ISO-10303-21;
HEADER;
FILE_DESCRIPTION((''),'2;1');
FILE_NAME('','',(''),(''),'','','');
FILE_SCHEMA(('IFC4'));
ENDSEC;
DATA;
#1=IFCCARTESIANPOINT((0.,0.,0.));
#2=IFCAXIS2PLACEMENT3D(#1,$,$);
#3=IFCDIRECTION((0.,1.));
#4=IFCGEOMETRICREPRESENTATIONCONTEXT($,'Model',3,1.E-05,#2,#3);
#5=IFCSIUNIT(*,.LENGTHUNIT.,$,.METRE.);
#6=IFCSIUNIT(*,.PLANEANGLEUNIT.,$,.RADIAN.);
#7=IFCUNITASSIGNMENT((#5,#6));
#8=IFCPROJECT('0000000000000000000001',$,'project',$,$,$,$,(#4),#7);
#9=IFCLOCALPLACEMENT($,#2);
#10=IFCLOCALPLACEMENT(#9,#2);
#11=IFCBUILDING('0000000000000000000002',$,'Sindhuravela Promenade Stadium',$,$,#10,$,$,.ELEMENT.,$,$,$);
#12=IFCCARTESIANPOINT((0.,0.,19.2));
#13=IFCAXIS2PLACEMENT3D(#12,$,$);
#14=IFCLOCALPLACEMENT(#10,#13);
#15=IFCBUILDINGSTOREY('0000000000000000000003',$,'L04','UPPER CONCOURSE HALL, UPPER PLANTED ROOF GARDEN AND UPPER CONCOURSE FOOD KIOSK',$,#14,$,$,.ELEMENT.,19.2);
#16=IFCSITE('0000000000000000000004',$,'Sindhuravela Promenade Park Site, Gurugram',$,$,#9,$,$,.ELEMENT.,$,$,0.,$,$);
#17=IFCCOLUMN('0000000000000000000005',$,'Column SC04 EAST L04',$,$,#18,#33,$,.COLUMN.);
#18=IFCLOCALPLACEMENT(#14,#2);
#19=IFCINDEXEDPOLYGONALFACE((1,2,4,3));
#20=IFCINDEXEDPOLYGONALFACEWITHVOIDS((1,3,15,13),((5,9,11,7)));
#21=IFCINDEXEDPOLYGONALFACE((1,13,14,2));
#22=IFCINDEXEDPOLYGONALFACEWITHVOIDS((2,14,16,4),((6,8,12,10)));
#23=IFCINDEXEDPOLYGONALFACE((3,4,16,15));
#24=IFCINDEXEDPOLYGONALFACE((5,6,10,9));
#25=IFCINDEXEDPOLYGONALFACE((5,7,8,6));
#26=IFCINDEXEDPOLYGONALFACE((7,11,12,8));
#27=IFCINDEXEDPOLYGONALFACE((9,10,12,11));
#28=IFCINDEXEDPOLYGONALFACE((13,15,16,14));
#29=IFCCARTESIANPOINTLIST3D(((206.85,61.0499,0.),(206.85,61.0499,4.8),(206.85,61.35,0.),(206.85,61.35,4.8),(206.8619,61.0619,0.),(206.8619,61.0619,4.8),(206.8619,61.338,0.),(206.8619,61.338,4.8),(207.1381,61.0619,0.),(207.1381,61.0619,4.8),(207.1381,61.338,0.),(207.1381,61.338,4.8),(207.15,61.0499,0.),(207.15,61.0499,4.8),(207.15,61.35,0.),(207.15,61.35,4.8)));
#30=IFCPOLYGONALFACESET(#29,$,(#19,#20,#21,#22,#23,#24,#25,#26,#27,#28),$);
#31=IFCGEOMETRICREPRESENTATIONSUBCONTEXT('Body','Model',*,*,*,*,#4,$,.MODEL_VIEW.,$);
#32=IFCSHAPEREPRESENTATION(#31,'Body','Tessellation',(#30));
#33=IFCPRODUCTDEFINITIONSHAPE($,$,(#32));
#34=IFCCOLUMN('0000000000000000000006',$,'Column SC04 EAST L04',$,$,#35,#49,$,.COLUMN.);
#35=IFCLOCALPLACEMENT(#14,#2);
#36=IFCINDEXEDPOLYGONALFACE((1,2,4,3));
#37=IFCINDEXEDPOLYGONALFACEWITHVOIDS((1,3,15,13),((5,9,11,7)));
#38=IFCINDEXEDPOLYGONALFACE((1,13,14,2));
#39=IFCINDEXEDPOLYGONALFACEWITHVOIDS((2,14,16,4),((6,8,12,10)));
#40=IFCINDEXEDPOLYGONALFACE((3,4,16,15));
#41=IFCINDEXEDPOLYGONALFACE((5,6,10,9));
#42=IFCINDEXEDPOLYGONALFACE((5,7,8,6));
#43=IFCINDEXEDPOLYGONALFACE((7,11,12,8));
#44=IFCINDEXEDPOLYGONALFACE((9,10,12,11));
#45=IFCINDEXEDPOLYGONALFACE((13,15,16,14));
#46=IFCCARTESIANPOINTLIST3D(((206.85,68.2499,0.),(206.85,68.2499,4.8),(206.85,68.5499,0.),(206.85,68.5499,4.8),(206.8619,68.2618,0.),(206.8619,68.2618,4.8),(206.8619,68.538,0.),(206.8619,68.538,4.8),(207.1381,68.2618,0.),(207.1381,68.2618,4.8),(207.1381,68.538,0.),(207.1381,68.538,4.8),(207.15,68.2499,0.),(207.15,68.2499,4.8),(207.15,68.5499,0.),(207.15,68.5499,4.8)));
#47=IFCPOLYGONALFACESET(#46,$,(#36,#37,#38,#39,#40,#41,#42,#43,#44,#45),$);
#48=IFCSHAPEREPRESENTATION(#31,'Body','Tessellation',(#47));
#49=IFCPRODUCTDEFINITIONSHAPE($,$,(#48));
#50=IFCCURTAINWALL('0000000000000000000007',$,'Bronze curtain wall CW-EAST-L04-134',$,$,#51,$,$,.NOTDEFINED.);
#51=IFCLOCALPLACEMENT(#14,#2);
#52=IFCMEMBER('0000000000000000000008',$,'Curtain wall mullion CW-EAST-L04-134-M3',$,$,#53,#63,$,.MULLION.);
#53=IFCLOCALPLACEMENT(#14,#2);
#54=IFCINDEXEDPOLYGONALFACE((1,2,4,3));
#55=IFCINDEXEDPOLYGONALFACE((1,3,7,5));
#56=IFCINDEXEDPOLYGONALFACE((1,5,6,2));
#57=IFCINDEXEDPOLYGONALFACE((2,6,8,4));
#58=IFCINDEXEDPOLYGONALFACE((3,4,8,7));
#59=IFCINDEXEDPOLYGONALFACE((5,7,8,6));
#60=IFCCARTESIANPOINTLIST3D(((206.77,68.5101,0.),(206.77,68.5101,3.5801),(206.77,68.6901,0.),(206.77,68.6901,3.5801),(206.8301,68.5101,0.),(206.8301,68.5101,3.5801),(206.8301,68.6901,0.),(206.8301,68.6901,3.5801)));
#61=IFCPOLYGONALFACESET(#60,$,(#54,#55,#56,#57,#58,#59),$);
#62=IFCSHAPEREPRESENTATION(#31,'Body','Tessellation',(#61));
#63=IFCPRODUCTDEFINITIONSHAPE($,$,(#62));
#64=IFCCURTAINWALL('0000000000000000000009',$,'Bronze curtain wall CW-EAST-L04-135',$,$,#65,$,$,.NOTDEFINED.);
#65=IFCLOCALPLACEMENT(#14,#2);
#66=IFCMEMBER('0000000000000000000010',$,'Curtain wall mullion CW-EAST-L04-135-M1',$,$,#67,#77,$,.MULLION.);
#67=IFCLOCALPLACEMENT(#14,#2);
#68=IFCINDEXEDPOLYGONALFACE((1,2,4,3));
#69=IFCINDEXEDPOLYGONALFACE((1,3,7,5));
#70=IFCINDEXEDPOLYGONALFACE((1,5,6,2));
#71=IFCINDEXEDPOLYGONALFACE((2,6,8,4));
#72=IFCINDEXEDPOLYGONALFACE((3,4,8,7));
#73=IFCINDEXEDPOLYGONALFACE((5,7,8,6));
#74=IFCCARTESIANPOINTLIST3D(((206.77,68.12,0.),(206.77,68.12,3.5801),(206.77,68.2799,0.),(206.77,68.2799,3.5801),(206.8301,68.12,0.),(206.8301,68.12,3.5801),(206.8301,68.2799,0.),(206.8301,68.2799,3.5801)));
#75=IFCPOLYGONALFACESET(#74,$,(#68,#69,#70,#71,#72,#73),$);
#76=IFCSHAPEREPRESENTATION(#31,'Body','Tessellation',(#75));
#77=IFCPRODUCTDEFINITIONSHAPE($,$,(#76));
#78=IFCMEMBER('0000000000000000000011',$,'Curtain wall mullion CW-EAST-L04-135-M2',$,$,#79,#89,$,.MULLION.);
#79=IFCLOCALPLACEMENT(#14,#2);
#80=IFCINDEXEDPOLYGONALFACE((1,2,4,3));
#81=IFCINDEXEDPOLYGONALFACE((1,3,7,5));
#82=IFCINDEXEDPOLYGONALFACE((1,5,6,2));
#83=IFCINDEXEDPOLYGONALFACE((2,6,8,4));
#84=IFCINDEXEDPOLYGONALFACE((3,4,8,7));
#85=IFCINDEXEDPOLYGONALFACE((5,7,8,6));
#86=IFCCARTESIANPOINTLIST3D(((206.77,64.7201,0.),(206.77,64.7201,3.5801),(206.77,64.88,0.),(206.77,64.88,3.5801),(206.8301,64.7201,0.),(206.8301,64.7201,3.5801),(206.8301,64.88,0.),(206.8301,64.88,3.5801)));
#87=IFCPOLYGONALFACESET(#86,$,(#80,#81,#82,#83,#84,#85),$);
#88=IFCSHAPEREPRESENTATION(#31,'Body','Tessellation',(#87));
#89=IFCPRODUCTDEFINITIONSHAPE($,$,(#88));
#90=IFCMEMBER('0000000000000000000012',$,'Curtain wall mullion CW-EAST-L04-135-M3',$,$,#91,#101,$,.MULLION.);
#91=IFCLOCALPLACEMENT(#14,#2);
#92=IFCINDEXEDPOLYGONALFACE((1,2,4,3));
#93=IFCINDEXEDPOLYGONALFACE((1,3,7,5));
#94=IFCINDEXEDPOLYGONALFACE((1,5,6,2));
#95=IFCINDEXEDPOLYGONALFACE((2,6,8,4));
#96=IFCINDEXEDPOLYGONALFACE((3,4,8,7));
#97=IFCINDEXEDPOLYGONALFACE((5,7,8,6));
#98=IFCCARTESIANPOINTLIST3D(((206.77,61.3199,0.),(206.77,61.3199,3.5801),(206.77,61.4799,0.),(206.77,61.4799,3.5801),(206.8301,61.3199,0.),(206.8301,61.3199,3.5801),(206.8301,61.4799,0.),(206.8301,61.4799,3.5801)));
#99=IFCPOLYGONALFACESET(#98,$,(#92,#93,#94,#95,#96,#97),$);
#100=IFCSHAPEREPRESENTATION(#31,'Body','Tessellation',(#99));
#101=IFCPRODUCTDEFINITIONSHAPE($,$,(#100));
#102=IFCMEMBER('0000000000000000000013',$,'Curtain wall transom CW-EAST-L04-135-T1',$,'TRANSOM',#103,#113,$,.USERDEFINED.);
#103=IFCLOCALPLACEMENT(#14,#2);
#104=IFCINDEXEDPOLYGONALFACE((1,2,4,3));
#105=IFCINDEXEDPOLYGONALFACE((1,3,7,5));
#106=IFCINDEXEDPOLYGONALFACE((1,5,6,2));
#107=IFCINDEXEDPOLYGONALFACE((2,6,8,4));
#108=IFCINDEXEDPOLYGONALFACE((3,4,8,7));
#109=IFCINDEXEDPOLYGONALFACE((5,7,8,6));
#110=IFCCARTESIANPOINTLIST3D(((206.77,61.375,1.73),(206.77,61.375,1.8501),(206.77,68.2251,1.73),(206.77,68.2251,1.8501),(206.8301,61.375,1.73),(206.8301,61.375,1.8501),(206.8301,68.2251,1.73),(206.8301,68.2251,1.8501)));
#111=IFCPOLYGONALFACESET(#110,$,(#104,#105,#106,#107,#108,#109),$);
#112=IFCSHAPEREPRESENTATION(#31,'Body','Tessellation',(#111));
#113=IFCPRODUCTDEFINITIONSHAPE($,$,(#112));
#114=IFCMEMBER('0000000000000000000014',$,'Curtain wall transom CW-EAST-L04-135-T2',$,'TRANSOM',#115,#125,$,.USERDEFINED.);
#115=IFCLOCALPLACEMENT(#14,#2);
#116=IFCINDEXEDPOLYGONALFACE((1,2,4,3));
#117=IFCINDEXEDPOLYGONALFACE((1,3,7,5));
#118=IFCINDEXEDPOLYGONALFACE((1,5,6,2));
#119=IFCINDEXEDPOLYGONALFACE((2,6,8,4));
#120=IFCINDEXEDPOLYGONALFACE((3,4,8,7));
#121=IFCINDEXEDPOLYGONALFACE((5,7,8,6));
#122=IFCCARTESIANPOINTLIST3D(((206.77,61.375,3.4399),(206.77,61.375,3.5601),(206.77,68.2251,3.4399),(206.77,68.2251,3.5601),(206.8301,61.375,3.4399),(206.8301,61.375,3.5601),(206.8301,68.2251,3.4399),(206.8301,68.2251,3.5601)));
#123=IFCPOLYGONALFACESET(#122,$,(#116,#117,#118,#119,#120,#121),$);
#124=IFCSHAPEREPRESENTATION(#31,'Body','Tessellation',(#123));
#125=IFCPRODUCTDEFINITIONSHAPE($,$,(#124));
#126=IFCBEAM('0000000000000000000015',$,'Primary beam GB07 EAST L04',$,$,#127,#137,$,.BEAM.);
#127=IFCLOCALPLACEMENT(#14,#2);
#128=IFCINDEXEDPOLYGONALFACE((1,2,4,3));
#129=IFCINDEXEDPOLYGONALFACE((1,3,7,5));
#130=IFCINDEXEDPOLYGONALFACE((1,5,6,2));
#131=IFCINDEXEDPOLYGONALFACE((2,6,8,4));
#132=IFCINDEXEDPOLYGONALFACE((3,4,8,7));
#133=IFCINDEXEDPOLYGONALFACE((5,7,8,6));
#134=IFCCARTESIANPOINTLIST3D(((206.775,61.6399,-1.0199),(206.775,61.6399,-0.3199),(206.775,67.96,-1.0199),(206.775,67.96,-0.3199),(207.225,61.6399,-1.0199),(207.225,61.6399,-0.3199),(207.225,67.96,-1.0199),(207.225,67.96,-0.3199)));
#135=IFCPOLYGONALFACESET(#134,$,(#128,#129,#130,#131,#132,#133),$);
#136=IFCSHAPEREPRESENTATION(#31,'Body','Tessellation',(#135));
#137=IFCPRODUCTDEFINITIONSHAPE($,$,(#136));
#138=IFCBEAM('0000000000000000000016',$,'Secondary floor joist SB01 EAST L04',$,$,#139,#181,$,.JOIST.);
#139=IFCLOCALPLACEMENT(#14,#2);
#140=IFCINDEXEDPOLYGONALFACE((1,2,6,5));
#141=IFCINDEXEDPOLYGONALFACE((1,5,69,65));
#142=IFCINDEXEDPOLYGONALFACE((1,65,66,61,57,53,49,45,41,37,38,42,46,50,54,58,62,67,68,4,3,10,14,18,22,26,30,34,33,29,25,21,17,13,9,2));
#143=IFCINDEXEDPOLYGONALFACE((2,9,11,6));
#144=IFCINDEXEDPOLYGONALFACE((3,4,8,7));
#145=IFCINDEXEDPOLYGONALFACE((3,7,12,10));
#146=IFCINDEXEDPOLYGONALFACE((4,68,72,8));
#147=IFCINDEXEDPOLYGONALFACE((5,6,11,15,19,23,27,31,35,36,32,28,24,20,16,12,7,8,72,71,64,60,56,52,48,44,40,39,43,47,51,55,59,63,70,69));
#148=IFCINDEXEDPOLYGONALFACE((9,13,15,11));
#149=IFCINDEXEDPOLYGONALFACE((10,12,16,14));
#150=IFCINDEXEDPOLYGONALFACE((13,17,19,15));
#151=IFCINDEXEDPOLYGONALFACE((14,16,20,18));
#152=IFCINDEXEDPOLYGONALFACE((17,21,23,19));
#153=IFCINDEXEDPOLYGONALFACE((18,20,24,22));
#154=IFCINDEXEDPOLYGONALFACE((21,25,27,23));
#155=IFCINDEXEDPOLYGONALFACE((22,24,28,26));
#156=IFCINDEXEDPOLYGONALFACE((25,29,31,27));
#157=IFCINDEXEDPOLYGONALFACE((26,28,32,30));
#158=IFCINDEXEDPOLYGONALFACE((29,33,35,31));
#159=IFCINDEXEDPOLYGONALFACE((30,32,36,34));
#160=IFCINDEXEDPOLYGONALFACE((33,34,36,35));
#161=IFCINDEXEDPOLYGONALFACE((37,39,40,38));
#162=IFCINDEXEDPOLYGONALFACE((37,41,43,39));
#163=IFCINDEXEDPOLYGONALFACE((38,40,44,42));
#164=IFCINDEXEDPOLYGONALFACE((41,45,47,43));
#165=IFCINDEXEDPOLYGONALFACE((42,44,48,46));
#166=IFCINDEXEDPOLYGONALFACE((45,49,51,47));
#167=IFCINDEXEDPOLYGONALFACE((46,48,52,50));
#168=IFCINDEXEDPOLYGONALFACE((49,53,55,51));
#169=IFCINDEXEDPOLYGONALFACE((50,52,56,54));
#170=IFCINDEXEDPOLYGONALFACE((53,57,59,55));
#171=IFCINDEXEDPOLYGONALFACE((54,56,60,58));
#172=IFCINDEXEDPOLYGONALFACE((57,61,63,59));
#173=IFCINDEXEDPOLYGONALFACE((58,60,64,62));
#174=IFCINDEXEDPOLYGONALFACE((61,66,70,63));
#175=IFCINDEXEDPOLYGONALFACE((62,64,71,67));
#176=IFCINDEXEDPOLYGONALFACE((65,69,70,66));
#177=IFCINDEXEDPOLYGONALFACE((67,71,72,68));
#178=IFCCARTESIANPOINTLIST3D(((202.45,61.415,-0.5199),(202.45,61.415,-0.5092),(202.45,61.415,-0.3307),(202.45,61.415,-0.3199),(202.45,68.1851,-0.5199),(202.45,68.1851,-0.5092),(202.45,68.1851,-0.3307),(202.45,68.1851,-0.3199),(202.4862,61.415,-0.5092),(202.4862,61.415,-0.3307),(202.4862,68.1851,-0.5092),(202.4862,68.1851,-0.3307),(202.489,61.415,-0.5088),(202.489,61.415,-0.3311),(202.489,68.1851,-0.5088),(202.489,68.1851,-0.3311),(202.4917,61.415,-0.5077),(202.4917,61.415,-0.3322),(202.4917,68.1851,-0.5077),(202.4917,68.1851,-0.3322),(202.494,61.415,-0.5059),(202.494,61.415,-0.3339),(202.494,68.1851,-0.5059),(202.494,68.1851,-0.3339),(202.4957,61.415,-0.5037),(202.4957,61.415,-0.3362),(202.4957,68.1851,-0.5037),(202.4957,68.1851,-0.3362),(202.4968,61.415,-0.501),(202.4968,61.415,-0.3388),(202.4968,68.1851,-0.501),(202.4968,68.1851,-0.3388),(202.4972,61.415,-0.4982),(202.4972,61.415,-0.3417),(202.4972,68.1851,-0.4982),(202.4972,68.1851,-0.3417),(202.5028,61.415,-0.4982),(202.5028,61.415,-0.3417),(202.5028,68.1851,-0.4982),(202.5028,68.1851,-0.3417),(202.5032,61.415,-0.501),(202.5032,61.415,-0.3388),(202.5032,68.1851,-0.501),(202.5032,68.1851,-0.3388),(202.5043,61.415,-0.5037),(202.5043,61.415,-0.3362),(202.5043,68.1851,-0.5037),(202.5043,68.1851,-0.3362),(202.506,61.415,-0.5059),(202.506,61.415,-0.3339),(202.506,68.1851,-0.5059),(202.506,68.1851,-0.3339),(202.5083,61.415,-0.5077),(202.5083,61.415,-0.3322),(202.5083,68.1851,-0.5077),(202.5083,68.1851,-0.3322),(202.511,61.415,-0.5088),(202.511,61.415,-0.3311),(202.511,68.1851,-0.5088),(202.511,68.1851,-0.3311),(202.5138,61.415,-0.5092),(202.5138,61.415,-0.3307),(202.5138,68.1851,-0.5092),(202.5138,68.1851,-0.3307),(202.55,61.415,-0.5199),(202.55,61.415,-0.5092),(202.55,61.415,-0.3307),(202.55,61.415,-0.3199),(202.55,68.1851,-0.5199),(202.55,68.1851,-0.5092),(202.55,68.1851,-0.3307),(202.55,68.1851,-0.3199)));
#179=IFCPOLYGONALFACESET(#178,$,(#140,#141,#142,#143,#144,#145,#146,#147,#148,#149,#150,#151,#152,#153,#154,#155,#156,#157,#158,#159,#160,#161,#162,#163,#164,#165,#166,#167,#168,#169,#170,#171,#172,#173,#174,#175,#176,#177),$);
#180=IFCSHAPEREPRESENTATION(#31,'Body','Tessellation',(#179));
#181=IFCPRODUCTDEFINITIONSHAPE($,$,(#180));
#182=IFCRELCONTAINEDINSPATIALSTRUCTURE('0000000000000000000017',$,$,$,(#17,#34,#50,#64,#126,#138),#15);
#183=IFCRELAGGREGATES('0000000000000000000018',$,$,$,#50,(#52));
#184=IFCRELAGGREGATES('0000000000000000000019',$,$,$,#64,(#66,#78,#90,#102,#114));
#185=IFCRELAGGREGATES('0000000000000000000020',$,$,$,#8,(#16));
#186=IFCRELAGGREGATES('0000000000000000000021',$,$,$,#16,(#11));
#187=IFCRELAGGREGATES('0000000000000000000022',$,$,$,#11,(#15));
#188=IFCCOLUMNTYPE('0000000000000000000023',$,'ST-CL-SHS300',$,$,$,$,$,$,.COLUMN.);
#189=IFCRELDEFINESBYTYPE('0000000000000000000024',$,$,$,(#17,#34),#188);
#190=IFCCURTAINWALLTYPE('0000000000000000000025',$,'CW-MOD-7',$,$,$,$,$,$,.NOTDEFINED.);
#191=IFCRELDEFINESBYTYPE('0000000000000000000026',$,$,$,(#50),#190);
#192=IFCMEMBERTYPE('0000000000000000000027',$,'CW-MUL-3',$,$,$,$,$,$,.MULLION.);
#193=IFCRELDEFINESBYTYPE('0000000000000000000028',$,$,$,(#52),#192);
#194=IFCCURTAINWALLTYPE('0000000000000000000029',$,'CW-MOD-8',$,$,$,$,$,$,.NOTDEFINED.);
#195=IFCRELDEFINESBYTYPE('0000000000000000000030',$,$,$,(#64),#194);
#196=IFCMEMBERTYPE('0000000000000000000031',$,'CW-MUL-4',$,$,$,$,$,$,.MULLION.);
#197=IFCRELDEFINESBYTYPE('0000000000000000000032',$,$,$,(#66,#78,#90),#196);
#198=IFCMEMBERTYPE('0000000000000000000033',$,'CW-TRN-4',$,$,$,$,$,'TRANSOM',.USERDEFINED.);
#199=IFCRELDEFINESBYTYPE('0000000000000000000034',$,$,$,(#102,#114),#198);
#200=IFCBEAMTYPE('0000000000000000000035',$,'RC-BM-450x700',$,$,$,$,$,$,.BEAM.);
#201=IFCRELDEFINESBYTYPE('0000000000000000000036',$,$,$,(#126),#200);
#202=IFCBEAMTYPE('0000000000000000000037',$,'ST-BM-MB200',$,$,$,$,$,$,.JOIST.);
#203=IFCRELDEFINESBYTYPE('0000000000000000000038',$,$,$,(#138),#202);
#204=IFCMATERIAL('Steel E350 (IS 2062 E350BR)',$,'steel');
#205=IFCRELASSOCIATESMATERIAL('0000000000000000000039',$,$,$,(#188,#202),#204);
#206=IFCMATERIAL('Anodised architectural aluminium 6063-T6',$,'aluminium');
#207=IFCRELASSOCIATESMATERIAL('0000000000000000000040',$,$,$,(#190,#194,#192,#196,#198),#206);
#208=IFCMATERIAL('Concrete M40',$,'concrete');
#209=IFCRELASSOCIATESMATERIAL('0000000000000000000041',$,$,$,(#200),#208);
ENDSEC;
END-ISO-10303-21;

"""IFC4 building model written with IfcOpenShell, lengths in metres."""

from ifc_helpers import new_model, si_unit, direction, frame, origin, origin_2d, place, context, subcontext, project, spatial, rectangle, hollow_rectangle, i_section, extrude, material, material_profile, profile_set, type_object, element, aggregate, save


model = new_model("IFC4")

# Units and contexts
model_context = context("Model", 3, precision=1e-05, world=origin(), true_north=direction((0.0, 1.0)))
body_context = subcontext(model_context, "Body", "Model", "MODEL_VIEW")
ifc_project = project(units=[si_unit("LENGTHUNIT", "METRE"), si_unit("PLANEANGLEUNIT", "RADIAN")], contexts=[model_context])

# Site, building, storey
site_placement = place(None, origin())
site = spatial("IfcSite", under=ifc_project, at=site_placement, Name="Sindhuravela Promenade Park Site, Gurugram", CompositionType="ELEMENT", RefElevation=0.0)
building_placement = place(site_placement, origin())
building = spatial("IfcBuilding", under=site, at=building_placement, Name="Sindhuravela Promenade Stadium", CompositionType="ELEMENT")
storey_placement = place(building_placement, frame((0.0, 0.0, 19.2)))
storey = spatial("IfcBuildingStorey", under=building, at=storey_placement, Name="L04", Description="UPPER CONCOURSE HALL, UPPER PLANTED ROOF GARDEN AND UPPER CONCOURSE FOOD KIOSK", CompositionType="ELEMENT", Elevation=19.2)

# Columns
ifc_material_1 = material(Name="Steel E350 (IS 2062 E350BR)", Category="steel")
ifc_material_profile_1 = material_profile(ifc_material_1, hollow_rectangle(XDim=0.3, YDim=0.3, WallThickness=0.012, at=origin_2d()), Name="SHS 300x300x12")
ifc_profile_set_1 = profile_set([ifc_material_profile_1], Name="Steel E350 (IS 2062 E350BR)")
column_type = type_object("IfcColumnType", Name="ST-CL-SHS300", PredefinedType="COLUMN", material=ifc_profile_set_1)
for number, where, z_axis, x_axis, name in (
    (1, (207.0, 61.2, 0.0), (0.0, 0.0, 1.0), (1.0, 0.0, 0.0), "Column SC04 EAST L04"),
    (2, (207.0, 68.3999, 0.0), (0.0, 0.0, 1.0), (1.0, 0.0, 0.0), "Column SC04 EAST L04"),
):
    element("IfcColumn", number, at=place(storey_placement, frame(where, z_axis=z_axis, x_axis=x_axis)), inside=storey, type_object=column_type, Name=name, PredefinedType="COLUMN", context=body_context, shape_type="SweptSolid", body=[
        extrude(hollow_rectangle(XDim=0.3, YDim=0.3, WallThickness=0.012, at=origin_2d()), origin(), (0.0, 0.0, 1.0), 4.8),
    ])

# Curtain wall, member
ifc_material_2 = material(Name="Anodised architectural aluminium 6063-T6", Category="aluminium")
curtain_wall_type_1 = type_object("IfcCurtainWallType", Name="CW-MOD-7", PredefinedType="NOTDEFINED", material=ifc_material_2)
curtain_wall_1_placement = place(storey_placement, origin())
curtain_wall_1 = element("IfcCurtainWall", 3, at=curtain_wall_1_placement, inside=storey, type_object=curtain_wall_type_1, Name="Bronze curtain wall CW-EAST-L04-134", PredefinedType="NOTDEFINED")
ifc_material_profile_2 = material_profile(ifc_material_2, rectangle(XDim=0.0601, YDim=0.1799, at=origin_2d()), Name="ALU M60x180")
ifc_profile_set_2 = profile_set([ifc_material_profile_2], Name="Anodised architectural aluminium 6063-T6")
member_type_1 = type_object("IfcMemberType", Name="CW-MUL-3", PredefinedType="MULLION", material=ifc_profile_set_2)
member_1_placement = place(storey_placement, frame((206.8, 68.6001, 0.0), z_axis=(0.0, 0.0, 1.0), x_axis=(1.0, 0.0, 0.0)))
member_1 = element("IfcMember", 4, at=member_1_placement, type_object=member_type_1, Name="Curtain wall mullion CW-EAST-L04-134-M3", PredefinedType="MULLION", context=body_context, shape_type="SweptSolid", body=[
    extrude(rectangle(XDim=0.0601, YDim=0.1799, at=origin_2d()), origin(), (0.0, 0.0, 1.0), 3.5801),
])
aggregate(curtain_wall_1, [member_1])

# Curtain wall, members
curtain_wall_type_2 = type_object("IfcCurtainWallType", Name="CW-MOD-8", PredefinedType="NOTDEFINED", material=ifc_material_2)
curtain_wall_2_placement = place(storey_placement, origin())
curtain_wall_2 = element("IfcCurtainWall", 5, at=curtain_wall_2_placement, inside=storey, type_object=curtain_wall_type_2, Name="Bronze curtain wall CW-EAST-L04-135", PredefinedType="NOTDEFINED")
ifc_material_profile_3 = material_profile(ifc_material_2, rectangle(XDim=0.0601, YDim=0.1599, at=origin_2d()), Name="ALU M60x160")
ifc_profile_set_3 = profile_set([ifc_material_profile_3], Name="Anodised architectural aluminium 6063-T6")
member_type_2 = type_object("IfcMemberType", Name="CW-MUL-4", PredefinedType="MULLION", material=ifc_profile_set_3)
member_2_placement = place(storey_placement, frame((206.8, 68.2, 0.0), z_axis=(0.0, 0.0, 1.0), x_axis=(1.0, 0.0, 0.0)))
member_2 = element("IfcMember", 6, at=member_2_placement, type_object=member_type_2, Name="Curtain wall mullion CW-EAST-L04-135-M1", PredefinedType="MULLION", context=body_context, shape_type="SweptSolid", body=[
    extrude(rectangle(XDim=0.0601, YDim=0.1599, at=origin_2d()), origin(), (0.0, 0.0, 1.0), 3.5801),
])
member_3_placement = place(storey_placement, frame((206.8, 64.8, 0.0), z_axis=(0.0, 0.0, 1.0), x_axis=(1.0, 0.0, 0.0)))
member_3 = element("IfcMember", 7, at=member_3_placement, type_object=member_type_2, Name="Curtain wall mullion CW-EAST-L04-135-M2", PredefinedType="MULLION", context=body_context, shape_type="SweptSolid", body=[
    extrude(rectangle(XDim=0.0601, YDim=0.1599, at=origin_2d()), origin(), (0.0, 0.0, 1.0), 3.5801),
])
member_4_placement = place(storey_placement, frame((206.8, 61.3999, 0.0), z_axis=(0.0, 0.0, 1.0), x_axis=(1.0, 0.0, 0.0)))
member_4 = element("IfcMember", 8, at=member_4_placement, type_object=member_type_2, Name="Curtain wall mullion CW-EAST-L04-135-M3", PredefinedType="MULLION", context=body_context, shape_type="SweptSolid", body=[
    extrude(rectangle(XDim=0.0601, YDim=0.1599, at=origin_2d()), origin(), (0.0, 0.0, 1.0), 3.5801),
])
ifc_material_profile_4 = material_profile(ifc_material_2, rectangle(XDim=0.0601, YDim=0.1201, at=origin_2d()), Name="ALU T60x120")
ifc_profile_set_4 = profile_set([ifc_material_profile_4], Name="Anodised architectural aluminium 6063-T6")
member_type_3 = type_object("IfcMemberType", Name="CW-TRN-4", ElementType="TRANSOM", PredefinedType="USERDEFINED", material=ifc_profile_set_4)
member_5_placement = place(storey_placement, frame((206.8, 68.2251, 1.79), z_axis=(0.0, -1.0, 0.0), x_axis=(1.0, 0.0, 0.0)))
member_5 = element("IfcMember", 9, at=member_5_placement, type_object=member_type_3, Name="Curtain wall transom CW-EAST-L04-135-T1", ObjectType="TRANSOM", PredefinedType="USERDEFINED", context=body_context, shape_type="SweptSolid", body=[
    extrude(rectangle(XDim=0.0601, YDim=0.1201, at=origin_2d()), origin(), (0.0, 0.0, 1.0), 6.8501),
])
member_6_placement = place(storey_placement, frame((206.8, 68.2251, 3.5), z_axis=(0.0, -1.0, 0.0), x_axis=(1.0, 0.0, 0.0)))
member_6 = element("IfcMember", 10, at=member_6_placement, type_object=member_type_3, Name="Curtain wall transom CW-EAST-L04-135-T2", ObjectType="TRANSOM", PredefinedType="USERDEFINED", context=body_context, shape_type="SweptSolid", body=[
    extrude(rectangle(XDim=0.0601, YDim=0.1201, at=origin_2d()), origin(), (0.0, 0.0, 1.0), 6.8501),
])

# Beams
ifc_material_3 = material(Name="Concrete M40", Category="concrete")
ifc_material_profile_5 = material_profile(ifc_material_3, rectangle(XDim=0.45, YDim=0.7, at=origin_2d()), Name="RC 450x700")
ifc_profile_set_5 = profile_set([ifc_material_profile_5], Name="Concrete M40")
beam_type_1 = type_object("IfcBeamType", Name="RC-BM-450x700", PredefinedType="BEAM", material=ifc_profile_set_5)
beam_1_placement = place(storey_placement, frame((207.0, 61.6399, -0.6699), z_axis=(0.0, 1.0, 0.0), x_axis=(-1.0, 0.0, 0.0)))
element("IfcBeam", 11, at=beam_1_placement, inside=storey, type_object=beam_type_1, Name="Primary beam GB07 EAST L04", PredefinedType="BEAM", context=body_context, shape_type="SweptSolid", body=[
    extrude(rectangle(XDim=0.45, YDim=0.7, at=origin_2d()), origin(), (0.0, 0.0, 1.0), 6.3201),
])
ifc_material_profile_6 = material_profile(ifc_material_1, i_section(OverallWidth=0.1001, OverallDepth=0.2, WebThickness=0.0056, FlangeThickness=0.0107, FilletRadius=0.011, at=origin_2d()), Name="ISMB 200")
ifc_profile_set_6 = profile_set([ifc_material_profile_6], Name="Steel E350 (IS 2062 E350BR)")
beam_type_2 = type_object("IfcBeamType", Name="ST-BM-MB200", PredefinedType="JOIST", material=ifc_profile_set_6)
beam_2_placement = place(storey_placement, frame((202.5, 61.415, -0.4199), z_axis=(0.0, 1.0, 0.0), x_axis=(-1.0, 0.0, 0.0)))
element("IfcBeam", 12, at=beam_2_placement, inside=storey, type_object=beam_type_2, Name="Secondary floor joist SB01 EAST L04", PredefinedType="JOIST", context=body_context, shape_type="SweptSolid", body=[
    extrude(i_section(OverallWidth=0.1001, OverallDepth=0.2, WebThickness=0.0056, FlangeThickness=0.0107, FilletRadius=0.011, at=origin_2d()), origin(), (0.0, 0.0, 1.0), 6.77),
])

aggregate(curtain_wall_2, [member_2, member_3, member_4, member_5, member_6])

save(model, "model.ifc")
